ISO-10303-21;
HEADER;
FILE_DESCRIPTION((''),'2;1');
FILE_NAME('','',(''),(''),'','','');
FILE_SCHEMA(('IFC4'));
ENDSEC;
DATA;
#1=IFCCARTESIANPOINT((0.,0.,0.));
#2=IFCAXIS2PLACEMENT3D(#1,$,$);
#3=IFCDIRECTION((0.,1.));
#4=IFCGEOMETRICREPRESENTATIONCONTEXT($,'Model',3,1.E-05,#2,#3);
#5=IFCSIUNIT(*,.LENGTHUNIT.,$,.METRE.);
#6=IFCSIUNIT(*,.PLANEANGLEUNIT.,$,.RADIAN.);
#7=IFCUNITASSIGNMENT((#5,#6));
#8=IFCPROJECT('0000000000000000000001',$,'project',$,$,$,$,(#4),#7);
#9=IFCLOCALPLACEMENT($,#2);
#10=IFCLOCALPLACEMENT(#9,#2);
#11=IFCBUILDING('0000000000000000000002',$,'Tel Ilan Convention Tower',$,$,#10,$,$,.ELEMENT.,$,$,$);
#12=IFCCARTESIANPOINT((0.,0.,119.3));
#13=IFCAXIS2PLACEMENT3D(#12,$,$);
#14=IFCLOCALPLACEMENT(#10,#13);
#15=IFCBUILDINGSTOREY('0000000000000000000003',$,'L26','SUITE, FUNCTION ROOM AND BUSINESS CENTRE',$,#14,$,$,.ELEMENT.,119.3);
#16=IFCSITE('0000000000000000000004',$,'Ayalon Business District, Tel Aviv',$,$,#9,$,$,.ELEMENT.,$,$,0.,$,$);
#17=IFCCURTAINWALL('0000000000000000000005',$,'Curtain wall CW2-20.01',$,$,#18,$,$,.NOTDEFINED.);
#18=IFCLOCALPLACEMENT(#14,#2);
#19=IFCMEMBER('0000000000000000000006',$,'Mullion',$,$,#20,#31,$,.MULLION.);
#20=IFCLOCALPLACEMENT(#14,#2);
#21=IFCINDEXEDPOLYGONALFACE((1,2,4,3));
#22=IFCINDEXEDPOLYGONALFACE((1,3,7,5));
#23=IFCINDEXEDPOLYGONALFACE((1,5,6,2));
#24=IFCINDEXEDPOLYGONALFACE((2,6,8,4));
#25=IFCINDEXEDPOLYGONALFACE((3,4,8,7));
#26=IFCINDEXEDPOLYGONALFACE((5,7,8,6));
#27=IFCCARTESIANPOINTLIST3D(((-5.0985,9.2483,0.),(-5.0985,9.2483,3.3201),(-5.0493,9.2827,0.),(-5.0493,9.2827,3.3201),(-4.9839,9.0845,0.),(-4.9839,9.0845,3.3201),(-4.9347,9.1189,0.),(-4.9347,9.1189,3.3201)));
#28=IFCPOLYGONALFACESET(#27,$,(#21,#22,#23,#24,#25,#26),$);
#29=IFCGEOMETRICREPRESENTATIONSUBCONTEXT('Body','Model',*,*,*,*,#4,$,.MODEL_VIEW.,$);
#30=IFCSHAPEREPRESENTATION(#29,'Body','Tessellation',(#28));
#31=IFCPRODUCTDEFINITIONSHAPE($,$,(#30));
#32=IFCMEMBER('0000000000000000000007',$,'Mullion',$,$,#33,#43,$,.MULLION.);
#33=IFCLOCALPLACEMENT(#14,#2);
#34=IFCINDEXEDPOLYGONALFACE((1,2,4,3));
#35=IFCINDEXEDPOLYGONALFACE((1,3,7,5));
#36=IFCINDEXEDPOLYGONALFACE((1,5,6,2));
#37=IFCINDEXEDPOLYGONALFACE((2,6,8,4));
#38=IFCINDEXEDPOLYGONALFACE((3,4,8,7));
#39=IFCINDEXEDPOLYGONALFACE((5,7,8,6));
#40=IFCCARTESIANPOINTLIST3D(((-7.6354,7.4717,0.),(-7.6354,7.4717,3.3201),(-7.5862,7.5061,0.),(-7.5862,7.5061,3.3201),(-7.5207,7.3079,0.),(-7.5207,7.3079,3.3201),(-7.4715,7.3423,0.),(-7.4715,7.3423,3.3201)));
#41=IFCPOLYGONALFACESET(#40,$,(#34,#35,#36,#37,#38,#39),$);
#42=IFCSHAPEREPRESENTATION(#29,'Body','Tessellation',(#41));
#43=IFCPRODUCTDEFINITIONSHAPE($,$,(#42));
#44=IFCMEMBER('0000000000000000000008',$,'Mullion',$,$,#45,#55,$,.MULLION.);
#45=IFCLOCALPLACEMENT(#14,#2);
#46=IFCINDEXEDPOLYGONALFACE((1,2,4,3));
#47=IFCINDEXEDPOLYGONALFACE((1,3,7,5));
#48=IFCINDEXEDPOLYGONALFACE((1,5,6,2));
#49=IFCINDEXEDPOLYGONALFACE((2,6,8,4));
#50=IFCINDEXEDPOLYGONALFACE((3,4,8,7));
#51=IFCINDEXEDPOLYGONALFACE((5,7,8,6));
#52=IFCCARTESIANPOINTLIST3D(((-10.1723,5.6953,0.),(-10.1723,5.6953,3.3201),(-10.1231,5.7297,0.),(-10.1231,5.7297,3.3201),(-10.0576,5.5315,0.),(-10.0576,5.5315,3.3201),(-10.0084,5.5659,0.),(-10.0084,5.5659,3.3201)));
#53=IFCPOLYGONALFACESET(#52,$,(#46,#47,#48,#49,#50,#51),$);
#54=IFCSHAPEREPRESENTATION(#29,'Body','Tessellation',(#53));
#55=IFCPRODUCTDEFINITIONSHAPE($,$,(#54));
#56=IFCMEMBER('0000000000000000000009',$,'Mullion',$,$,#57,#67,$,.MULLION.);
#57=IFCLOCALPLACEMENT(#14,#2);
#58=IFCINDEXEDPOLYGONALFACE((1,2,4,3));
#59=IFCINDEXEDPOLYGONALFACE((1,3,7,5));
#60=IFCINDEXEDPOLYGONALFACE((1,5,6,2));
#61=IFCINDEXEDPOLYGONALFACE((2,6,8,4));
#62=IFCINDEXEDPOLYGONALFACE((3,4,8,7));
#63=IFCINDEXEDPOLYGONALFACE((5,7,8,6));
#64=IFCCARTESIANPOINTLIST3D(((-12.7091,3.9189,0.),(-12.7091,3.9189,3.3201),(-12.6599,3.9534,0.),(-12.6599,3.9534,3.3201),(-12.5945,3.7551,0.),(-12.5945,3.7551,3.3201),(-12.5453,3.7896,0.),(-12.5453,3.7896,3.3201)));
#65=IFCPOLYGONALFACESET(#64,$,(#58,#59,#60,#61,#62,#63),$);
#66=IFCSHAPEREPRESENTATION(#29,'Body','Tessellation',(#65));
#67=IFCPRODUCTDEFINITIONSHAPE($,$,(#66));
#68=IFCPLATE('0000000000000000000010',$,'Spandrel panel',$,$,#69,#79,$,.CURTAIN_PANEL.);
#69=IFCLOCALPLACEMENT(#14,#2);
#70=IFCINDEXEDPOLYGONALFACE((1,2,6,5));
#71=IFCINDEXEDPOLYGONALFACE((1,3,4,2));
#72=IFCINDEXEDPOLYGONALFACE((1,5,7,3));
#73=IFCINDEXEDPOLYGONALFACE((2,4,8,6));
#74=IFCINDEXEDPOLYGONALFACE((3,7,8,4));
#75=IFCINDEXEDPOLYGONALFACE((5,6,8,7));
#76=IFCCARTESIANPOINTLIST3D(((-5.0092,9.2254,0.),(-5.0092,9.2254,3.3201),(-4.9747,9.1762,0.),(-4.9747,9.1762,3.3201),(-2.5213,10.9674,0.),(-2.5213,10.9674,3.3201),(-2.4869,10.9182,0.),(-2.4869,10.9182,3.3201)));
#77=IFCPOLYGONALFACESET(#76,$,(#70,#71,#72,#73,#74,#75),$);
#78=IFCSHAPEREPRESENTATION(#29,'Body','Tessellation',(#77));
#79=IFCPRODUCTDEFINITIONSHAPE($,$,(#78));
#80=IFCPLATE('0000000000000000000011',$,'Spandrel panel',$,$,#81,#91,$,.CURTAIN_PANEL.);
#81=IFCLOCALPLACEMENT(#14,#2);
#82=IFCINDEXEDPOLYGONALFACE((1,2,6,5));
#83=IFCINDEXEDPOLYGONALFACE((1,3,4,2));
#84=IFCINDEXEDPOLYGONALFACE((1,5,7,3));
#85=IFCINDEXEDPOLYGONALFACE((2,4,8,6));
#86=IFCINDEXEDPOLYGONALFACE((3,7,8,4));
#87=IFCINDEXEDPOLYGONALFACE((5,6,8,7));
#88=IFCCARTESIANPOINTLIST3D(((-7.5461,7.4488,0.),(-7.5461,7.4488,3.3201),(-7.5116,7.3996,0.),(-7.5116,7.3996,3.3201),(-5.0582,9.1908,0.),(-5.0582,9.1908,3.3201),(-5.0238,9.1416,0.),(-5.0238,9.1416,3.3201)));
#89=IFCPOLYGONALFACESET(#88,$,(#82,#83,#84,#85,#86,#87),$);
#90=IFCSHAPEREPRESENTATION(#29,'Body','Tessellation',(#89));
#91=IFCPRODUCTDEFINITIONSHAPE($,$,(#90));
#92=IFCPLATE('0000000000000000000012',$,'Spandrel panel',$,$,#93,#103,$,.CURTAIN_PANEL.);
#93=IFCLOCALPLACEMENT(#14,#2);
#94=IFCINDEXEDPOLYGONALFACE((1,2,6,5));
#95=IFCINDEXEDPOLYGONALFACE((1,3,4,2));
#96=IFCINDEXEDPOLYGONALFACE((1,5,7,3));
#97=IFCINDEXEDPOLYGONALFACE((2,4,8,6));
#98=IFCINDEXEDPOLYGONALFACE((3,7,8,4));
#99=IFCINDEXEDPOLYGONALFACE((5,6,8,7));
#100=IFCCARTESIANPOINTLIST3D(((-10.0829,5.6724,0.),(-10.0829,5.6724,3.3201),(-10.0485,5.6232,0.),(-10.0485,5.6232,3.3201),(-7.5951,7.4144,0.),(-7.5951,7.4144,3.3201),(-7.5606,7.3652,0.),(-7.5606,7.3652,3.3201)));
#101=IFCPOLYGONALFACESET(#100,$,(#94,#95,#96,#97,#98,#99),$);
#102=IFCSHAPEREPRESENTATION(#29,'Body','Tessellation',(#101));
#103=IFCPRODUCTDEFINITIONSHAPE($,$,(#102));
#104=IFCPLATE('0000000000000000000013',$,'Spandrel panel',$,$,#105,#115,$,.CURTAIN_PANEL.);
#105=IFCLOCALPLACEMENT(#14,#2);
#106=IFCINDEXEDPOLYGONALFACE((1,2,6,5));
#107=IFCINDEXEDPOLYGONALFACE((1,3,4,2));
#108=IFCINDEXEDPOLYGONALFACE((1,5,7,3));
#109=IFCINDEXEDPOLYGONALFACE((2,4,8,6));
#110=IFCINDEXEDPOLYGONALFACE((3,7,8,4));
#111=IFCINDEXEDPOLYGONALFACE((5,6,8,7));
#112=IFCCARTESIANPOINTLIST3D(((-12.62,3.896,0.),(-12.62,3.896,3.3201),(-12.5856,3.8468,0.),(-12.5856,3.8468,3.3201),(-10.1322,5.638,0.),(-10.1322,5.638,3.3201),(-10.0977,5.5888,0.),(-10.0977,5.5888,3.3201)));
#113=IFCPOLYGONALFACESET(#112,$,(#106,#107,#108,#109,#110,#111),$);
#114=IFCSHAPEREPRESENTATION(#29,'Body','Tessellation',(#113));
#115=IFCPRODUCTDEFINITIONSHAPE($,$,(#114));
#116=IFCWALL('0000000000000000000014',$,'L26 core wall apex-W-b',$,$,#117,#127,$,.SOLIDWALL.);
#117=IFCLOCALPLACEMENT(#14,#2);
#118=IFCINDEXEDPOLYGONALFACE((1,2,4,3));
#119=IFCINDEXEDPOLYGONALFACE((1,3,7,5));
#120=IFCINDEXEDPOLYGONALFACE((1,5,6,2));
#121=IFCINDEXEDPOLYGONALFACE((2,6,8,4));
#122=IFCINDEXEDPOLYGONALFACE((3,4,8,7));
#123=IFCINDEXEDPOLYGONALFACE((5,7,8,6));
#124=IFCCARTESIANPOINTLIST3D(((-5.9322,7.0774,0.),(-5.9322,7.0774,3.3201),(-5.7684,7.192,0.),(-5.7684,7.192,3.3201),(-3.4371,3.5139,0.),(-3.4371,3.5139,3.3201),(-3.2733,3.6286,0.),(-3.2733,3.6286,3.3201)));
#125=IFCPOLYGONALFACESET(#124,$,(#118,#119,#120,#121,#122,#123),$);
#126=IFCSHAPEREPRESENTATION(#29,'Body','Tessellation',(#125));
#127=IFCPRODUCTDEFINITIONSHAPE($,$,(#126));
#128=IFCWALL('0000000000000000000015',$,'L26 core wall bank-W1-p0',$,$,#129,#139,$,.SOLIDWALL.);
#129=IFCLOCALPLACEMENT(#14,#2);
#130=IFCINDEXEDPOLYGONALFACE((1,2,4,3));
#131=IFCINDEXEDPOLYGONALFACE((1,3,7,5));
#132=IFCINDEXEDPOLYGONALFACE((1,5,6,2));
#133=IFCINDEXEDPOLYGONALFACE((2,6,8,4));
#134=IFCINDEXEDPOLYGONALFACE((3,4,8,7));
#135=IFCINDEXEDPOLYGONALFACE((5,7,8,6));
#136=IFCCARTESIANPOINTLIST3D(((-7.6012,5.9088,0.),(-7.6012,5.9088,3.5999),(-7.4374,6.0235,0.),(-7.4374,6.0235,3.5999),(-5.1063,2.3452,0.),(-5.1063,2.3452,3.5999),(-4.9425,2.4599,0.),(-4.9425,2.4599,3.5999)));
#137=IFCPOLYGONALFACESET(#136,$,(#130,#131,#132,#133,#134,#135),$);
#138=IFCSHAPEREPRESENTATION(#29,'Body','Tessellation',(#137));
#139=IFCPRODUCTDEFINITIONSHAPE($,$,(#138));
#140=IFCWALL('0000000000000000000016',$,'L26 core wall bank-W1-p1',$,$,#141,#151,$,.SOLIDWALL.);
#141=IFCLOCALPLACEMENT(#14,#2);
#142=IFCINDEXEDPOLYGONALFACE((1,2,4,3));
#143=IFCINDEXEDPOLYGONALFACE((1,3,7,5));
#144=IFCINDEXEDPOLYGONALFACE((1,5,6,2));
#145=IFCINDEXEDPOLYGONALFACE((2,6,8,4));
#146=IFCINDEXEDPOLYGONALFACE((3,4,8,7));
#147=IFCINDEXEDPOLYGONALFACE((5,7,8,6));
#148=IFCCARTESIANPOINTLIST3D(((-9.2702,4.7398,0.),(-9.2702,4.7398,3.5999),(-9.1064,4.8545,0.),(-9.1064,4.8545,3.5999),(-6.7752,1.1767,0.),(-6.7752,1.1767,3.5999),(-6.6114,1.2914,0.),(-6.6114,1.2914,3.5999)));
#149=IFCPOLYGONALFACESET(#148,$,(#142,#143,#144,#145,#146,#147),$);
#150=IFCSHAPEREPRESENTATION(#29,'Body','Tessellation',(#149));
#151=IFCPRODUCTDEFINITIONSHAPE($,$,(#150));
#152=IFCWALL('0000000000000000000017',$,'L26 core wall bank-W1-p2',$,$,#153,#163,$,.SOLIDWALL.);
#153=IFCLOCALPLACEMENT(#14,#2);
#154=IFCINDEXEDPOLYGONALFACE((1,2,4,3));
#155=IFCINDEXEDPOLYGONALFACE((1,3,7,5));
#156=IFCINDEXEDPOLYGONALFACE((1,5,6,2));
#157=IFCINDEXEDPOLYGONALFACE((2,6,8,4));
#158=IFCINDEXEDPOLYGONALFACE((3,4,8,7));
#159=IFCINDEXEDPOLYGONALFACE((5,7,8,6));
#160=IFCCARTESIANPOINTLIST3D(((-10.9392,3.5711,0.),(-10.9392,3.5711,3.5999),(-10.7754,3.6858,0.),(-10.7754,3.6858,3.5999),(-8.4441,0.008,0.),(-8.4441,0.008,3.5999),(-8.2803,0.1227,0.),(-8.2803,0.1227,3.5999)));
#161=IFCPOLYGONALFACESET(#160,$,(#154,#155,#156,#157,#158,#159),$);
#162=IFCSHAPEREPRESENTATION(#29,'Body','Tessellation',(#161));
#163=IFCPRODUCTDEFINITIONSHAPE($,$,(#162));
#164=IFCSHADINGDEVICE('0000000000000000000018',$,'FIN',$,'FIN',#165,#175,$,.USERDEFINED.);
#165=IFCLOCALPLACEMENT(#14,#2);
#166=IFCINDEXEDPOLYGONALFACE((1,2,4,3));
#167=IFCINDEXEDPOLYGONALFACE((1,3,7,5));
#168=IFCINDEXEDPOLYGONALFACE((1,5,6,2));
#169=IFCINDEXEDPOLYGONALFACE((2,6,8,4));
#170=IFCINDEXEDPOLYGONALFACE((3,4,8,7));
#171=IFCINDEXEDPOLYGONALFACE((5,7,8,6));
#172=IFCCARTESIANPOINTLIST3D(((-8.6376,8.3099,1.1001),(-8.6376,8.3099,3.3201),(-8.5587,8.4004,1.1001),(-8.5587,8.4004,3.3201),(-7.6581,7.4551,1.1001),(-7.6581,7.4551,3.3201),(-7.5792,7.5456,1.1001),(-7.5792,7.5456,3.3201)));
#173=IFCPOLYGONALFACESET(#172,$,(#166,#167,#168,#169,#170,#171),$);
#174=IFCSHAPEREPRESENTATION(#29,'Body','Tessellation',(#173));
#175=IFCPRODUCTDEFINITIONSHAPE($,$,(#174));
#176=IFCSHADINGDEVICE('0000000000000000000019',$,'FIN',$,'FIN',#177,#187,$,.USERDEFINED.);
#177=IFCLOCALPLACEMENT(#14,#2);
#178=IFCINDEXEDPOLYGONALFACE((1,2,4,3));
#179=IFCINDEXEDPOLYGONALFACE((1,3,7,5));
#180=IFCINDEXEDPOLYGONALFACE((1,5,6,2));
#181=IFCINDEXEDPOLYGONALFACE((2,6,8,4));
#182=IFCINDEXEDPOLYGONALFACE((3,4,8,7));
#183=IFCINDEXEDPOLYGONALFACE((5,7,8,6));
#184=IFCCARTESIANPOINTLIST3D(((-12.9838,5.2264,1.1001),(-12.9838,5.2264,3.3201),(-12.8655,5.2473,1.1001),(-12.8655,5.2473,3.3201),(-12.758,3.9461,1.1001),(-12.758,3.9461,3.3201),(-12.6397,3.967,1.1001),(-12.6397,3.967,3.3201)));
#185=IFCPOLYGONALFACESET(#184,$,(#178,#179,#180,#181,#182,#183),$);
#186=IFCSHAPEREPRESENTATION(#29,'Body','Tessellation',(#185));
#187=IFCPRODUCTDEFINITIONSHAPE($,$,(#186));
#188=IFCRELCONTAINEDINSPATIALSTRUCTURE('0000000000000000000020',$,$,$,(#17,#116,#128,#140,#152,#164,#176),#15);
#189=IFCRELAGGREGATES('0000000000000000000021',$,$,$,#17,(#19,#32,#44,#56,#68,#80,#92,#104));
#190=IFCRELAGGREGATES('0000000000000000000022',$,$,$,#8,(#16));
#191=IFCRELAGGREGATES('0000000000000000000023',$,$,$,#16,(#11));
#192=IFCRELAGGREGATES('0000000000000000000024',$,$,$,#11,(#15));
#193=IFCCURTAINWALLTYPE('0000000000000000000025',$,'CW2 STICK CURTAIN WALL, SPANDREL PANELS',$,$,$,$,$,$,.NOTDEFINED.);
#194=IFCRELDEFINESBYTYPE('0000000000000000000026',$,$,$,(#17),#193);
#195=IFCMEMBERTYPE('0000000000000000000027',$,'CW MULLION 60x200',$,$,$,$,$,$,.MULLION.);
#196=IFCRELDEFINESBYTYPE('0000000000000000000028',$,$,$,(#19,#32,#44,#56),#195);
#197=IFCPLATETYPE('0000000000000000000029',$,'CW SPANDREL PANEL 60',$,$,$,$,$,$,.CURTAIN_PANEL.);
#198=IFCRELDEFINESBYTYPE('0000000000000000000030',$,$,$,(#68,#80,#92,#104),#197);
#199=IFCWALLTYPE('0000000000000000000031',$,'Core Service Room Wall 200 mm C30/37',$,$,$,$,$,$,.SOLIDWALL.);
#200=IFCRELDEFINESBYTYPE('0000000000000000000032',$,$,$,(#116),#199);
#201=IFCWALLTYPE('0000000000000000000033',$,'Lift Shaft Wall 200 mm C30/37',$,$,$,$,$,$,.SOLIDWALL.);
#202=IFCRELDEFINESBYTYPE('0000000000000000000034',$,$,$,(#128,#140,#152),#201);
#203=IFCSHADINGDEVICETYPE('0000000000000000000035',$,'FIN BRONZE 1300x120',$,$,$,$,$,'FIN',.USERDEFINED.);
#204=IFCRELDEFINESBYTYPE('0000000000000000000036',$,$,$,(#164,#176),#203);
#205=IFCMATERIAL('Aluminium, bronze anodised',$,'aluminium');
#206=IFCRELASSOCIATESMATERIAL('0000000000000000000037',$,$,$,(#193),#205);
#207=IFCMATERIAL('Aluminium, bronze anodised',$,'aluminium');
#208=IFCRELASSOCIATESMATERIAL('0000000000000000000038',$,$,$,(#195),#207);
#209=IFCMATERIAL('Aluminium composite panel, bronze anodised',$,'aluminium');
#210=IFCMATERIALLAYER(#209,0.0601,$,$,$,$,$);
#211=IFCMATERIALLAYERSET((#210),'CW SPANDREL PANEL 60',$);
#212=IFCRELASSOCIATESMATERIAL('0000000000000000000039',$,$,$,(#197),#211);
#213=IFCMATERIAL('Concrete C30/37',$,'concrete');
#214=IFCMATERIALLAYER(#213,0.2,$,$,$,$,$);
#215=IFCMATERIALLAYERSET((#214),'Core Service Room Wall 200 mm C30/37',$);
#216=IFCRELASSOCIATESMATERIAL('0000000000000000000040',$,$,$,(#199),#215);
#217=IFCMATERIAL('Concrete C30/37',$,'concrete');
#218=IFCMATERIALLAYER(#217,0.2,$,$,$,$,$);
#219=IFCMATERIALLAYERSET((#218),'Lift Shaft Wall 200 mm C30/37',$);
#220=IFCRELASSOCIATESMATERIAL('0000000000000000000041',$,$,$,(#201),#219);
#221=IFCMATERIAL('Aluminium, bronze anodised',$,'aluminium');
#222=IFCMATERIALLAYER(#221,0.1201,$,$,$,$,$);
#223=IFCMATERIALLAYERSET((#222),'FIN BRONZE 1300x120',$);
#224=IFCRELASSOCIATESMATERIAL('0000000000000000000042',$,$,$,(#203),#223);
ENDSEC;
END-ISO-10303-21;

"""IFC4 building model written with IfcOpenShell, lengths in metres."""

from ifc_helpers import new_model, si_unit, direction, frame, frame_2d, origin, origin_2d, place, context, subcontext, project, spatial, rectangle, extrude, material, layer, layer_set, material_profile, profile_set, type_object, element, aggregate, save


model = new_model("IFC4")

# Units and contexts
model_context = context("Model", 3, precision=1e-05, world=origin(), true_north=direction((0.0, 1.0)))
body_context = subcontext(model_context, "Body", "Model", "MODEL_VIEW")
ifc_project = project(units=[si_unit("LENGTHUNIT", "METRE"), si_unit("PLANEANGLEUNIT", "RADIAN")], contexts=[model_context])

# Site, building, storey
site_placement = place(None, origin())
site = spatial("IfcSite", under=ifc_project, at=site_placement, Name="Ayalon Business District, Tel Aviv", CompositionType="ELEMENT", RefElevation=0.0)
building_placement = place(site_placement, origin())
building = spatial("IfcBuilding", under=site, at=building_placement, Name="Tel Ilan Convention Tower", CompositionType="ELEMENT")
storey_placement = place(building_placement, frame((0.0, 0.0, 119.3)))
storey = spatial("IfcBuildingStorey", under=building, at=storey_placement, Name="L26", Description="SUITE, FUNCTION ROOM AND BUSINESS CENTRE", CompositionType="ELEMENT", Elevation=119.3)

# Curtain wall, members, plates
ifc_material_1 = material(Name="Aluminium, bronze anodised", Category="aluminium")
curtain_wall_type = type_object("IfcCurtainWallType", Name="CW2 STICK CURTAIN WALL, SPANDREL PANELS", PredefinedType="NOTDEFINED", material=ifc_material_1)
curtain_wall_placement = place(storey_placement, origin())
curtain_wall = element("IfcCurtainWall", 1, at=curtain_wall_placement, inside=storey, type_object=curtain_wall_type, Name="Curtain wall CW2-20.01", PredefinedType="NOTDEFINED")
ifc_material_2 = material(Name="Aluminium, bronze anodised", Category="aluminium")
ifc_material_profile = material_profile(ifc_material_2, rectangle(XDim=0.0601, YDim=0.2, at=origin_2d()), Name="CW MULLION 60x200")
ifc_profile_set = profile_set([ifc_material_profile], Name="Aluminium, bronze anodised")
member_type = type_object("IfcMemberType", Name="CW MULLION 60x200", PredefinedType="MULLION", material=ifc_profile_set)
member_1_placement = place(storey_placement, frame((-5.0166, 9.1836, 0.0), z_axis=(0.0, 0.0, 1.0), x_axis=(-0.819152, -0.573576, 0.0)))
member_1 = element("IfcMember", 2, at=member_1_placement, type_object=member_type, Name="Mullion", PredefinedType="MULLION", context=body_context, shape_type="SweptSolid", body=[
    extrude(rectangle(XDim=0.0601, YDim=0.2, at=origin_2d()), origin(), (0.0, 0.0, 1.0), 3.3201),
])
member_2_placement = place(storey_placement, frame((-7.5535, 7.407, 0.0), z_axis=(0.0, 0.0, 1.0), x_axis=(-0.819152, -0.573576, 0.0)))
member_2 = element("IfcMember", 3, at=member_2_placement, type_object=member_type, Name="Mullion", PredefinedType="MULLION", context=body_context, shape_type="SweptSolid", body=[
    extrude(rectangle(XDim=0.0601, YDim=0.2, at=origin_2d()), origin(), (0.0, 0.0, 1.0), 3.3201),
])
member_3_placement = place(storey_placement, frame((-10.0903, 5.6306, 0.0), z_axis=(0.0, 0.0, 1.0), x_axis=(-0.819152, -0.573576, 0.0)))
member_3 = element("IfcMember", 4, at=member_3_placement, type_object=member_type, Name="Mullion", PredefinedType="MULLION", context=body_context, shape_type="SweptSolid", body=[
    extrude(rectangle(XDim=0.0601, YDim=0.2, at=origin_2d()), origin(), (0.0, 0.0, 1.0), 3.3201),
])
member_4_placement = place(storey_placement, frame((-12.6272, 3.8542, 0.0), z_axis=(0.0, 0.0, 1.0), x_axis=(-0.819152, -0.573576, 0.0)))
member_4 = element("IfcMember", 5, at=member_4_placement, type_object=member_type, Name="Mullion", PredefinedType="MULLION", context=body_context, shape_type="SweptSolid", body=[
    extrude(rectangle(XDim=0.0601, YDim=0.2, at=origin_2d()), origin(), (0.0, 0.0, 1.0), 3.3201),
])
ifc_material_3 = material(Name="Aluminium composite panel, bronze anodised", Category="aluminium")
ifc_layer_1 = layer(ifc_material_3, 0.0601)
ifc_layer_set_1 = layer_set([ifc_layer_1], Name="CW SPANDREL PANEL 60")
plate_type = type_object("IfcPlateType", Name="CW SPANDREL PANEL 60", PredefinedType="CURTAIN_PANEL", material=ifc_layer_set_1)
plate_1_placement = place(storey_placement, frame((-3.748, 10.0718, 0.0), z_axis=(0.0, 0.0, 1.0), x_axis=(-0.819152, -0.573576, 0.0)))
plate_1 = element("IfcPlate", 6, at=plate_1_placement, type_object=plate_type, Name="Spandrel panel", PredefinedType="CURTAIN_PANEL", context=body_context, shape_type="SweptSolid", body=[
    extrude(rectangle(XDim=3.0371, YDim=0.0601, at=origin_2d()), origin(), (0.0, 0.0, 1.0), 3.3201),
])
plate_2_placement = place(storey_placement, frame((-6.2849, 8.2952, 0.0), z_axis=(0.0, 0.0, 1.0), x_axis=(-0.819152, -0.573576, 0.0)))
plate_2 = element("IfcPlate", 7, at=plate_2_placement, type_object=plate_type, Name="Spandrel panel", PredefinedType="CURTAIN_PANEL", context=body_context, shape_type="SweptSolid", body=[
    extrude(rectangle(XDim=3.0371, YDim=0.0601, at=origin_2d()), origin(), (0.0, 0.0, 1.0), 3.3201),
])
plate_3_placement = place(storey_placement, frame((-8.8218, 6.5188, 0.0), z_axis=(0.0, 0.0, 1.0), x_axis=(-0.819152, -0.573576, 0.0)))
plate_3 = element("IfcPlate", 8, at=plate_3_placement, type_object=plate_type, Name="Spandrel panel", PredefinedType="CURTAIN_PANEL", context=body_context, shape_type="SweptSolid", body=[
    extrude(rectangle(XDim=3.0371, YDim=0.0601, at=origin_2d()), origin(), (0.0, 0.0, 1.0), 3.3201),
])
plate_4_placement = place(storey_placement, frame((-11.3589, 4.7424, 0.0), z_axis=(0.0, 0.0, 1.0), x_axis=(-0.819152, -0.573576, 0.0)))
plate_4 = element("IfcPlate", 9, at=plate_4_placement, type_object=plate_type, Name="Spandrel panel", PredefinedType="CURTAIN_PANEL", context=body_context, shape_type="SweptSolid", body=[
    extrude(rectangle(XDim=3.0371, YDim=0.0601, at=origin_2d()), origin(), (0.0, 0.0, 1.0), 3.3201),
])
aggregate(curtain_wall, [member_1, member_2, member_3, member_4, plate_1, plate_2, plate_3, plate_4])

# Walls
ifc_material_4 = material(Name="Concrete C30/37", Category="concrete")
ifc_layer_2 = layer(ifc_material_4, 0.2)
ifc_layer_set_2 = layer_set([ifc_layer_2], Name="Core Service Room Wall 200 mm C30/37")
wall_type_1 = type_object("IfcWallType", Name="Core Service Room Wall 200 mm C30/37", PredefinedType="SOLIDWALL", material=ifc_layer_set_2)
wall_1_placement = place(storey_placement, frame((-3.3552, 3.5713, 0.0), z_axis=(0.0, 0.0, 1.0), x_axis=(-0.573568, 0.819158, 0.0)))
element("IfcWall", 10, at=wall_1_placement, inside=storey, type_object=wall_type_1, Name="L26 core wall apex-W-b", PredefinedType="SOLIDWALL", context=body_context, shape_type="SweptSolid", body=[
    extrude(rectangle(XDim=4.3501, YDim=0.2, at=frame_2d((2.175, 0.0))), origin(), (0.0, 0.0, 1.0), 3.3201),
])
ifc_material_5 = material(Name="Concrete C30/37", Category="concrete")
ifc_layer_3 = layer(ifc_material_5, 0.2)
ifc_layer_set_3 = layer_set([ifc_layer_3], Name="Lift Shaft Wall 200 mm C30/37")
wall_type_2 = type_object("IfcWallType", Name="Lift Shaft Wall 200 mm C30/37", PredefinedType="SOLIDWALL", material=ifc_layer_set_3)
wall_2_placement = place(storey_placement, frame((-5.0244, 2.4026, 0.0), z_axis=(0.0, 0.0, 1.0), x_axis=(-0.57353, 0.819184, 0.0)))
element("IfcWall", 11, at=wall_2_placement, inside=storey, type_object=wall_type_2, Name="L26 core wall bank-W1-p0", PredefinedType="SOLIDWALL", context=body_context, shape_type="SweptSolid", body=[
    extrude(rectangle(XDim=4.3501, YDim=0.2, at=frame_2d((2.175, 0.0))), origin(), (0.0, 0.0, 1.0), 3.5999),
])
for number, where, z_axis, x_axis, name in (
    (12, (-6.6934, 1.2341, 0.0), (0.0, 0.0, 1.0), (-0.573594, 0.81914, 0.0), "L26 core wall bank-W1-p1"),
    (13, (-8.3623, 0.0654, 0.0), (0.0, 0.0, 1.0), (-0.573594, 0.81914, 0.0), "L26 core wall bank-W1-p2"),
):
    element("IfcWall", number, at=place(storey_placement, frame(where, z_axis=z_axis, x_axis=x_axis)), inside=storey, type_object=wall_type_2, Name=name, PredefinedType="SOLIDWALL", context=body_context, shape_type="SweptSolid", body=[
        extrude(rectangle(XDim=4.3499, YDim=0.2, at=frame_2d((2.1748, 0.0))), origin(), (0.0, 0.0, 1.0), 3.5999),
    ])

# Shading devices
ifc_material_6 = material(Name="Aluminium, bronze anodised", Category="aluminium")
ifc_layer_4 = layer(ifc_material_6, 0.1201)
ifc_layer_set_4 = layer_set([ifc_layer_4], Name="FIN BRONZE 1300x120")
shading_device_type = type_object("IfcShadingDeviceType", Name="FIN BRONZE 1300x120", ElementType="FIN", PredefinedType="USERDEFINED", material=ifc_layer_set_4)
for number, where, z_axis, x_axis, name in (
    (14, (-8.1084, 7.9277, 1.1001), (0.0, 0.0, 1.0), (-0.753436, 0.657521, 0.0), "FIN"),
    (15, (-12.8118, 4.5967, 1.1001), (0.0, 0.0, 1.0), (-0.173648, 0.984808, 0.0), "FIN"),
):
    element("IfcShadingDevice", number, at=place(storey_placement, frame(where, z_axis=z_axis, x_axis=x_axis)), inside=storey, type_object=shading_device_type, Name=name, ObjectType="FIN", PredefinedType="USERDEFINED", context=body_context, shape_type="SweptSolid", body=[
        extrude(rectangle(XDim=1.3, YDim=0.1201, at=origin_2d()), origin(), (0.0, 0.0, 1.0), 2.22),
    ])

save(model, "model.ifc")
